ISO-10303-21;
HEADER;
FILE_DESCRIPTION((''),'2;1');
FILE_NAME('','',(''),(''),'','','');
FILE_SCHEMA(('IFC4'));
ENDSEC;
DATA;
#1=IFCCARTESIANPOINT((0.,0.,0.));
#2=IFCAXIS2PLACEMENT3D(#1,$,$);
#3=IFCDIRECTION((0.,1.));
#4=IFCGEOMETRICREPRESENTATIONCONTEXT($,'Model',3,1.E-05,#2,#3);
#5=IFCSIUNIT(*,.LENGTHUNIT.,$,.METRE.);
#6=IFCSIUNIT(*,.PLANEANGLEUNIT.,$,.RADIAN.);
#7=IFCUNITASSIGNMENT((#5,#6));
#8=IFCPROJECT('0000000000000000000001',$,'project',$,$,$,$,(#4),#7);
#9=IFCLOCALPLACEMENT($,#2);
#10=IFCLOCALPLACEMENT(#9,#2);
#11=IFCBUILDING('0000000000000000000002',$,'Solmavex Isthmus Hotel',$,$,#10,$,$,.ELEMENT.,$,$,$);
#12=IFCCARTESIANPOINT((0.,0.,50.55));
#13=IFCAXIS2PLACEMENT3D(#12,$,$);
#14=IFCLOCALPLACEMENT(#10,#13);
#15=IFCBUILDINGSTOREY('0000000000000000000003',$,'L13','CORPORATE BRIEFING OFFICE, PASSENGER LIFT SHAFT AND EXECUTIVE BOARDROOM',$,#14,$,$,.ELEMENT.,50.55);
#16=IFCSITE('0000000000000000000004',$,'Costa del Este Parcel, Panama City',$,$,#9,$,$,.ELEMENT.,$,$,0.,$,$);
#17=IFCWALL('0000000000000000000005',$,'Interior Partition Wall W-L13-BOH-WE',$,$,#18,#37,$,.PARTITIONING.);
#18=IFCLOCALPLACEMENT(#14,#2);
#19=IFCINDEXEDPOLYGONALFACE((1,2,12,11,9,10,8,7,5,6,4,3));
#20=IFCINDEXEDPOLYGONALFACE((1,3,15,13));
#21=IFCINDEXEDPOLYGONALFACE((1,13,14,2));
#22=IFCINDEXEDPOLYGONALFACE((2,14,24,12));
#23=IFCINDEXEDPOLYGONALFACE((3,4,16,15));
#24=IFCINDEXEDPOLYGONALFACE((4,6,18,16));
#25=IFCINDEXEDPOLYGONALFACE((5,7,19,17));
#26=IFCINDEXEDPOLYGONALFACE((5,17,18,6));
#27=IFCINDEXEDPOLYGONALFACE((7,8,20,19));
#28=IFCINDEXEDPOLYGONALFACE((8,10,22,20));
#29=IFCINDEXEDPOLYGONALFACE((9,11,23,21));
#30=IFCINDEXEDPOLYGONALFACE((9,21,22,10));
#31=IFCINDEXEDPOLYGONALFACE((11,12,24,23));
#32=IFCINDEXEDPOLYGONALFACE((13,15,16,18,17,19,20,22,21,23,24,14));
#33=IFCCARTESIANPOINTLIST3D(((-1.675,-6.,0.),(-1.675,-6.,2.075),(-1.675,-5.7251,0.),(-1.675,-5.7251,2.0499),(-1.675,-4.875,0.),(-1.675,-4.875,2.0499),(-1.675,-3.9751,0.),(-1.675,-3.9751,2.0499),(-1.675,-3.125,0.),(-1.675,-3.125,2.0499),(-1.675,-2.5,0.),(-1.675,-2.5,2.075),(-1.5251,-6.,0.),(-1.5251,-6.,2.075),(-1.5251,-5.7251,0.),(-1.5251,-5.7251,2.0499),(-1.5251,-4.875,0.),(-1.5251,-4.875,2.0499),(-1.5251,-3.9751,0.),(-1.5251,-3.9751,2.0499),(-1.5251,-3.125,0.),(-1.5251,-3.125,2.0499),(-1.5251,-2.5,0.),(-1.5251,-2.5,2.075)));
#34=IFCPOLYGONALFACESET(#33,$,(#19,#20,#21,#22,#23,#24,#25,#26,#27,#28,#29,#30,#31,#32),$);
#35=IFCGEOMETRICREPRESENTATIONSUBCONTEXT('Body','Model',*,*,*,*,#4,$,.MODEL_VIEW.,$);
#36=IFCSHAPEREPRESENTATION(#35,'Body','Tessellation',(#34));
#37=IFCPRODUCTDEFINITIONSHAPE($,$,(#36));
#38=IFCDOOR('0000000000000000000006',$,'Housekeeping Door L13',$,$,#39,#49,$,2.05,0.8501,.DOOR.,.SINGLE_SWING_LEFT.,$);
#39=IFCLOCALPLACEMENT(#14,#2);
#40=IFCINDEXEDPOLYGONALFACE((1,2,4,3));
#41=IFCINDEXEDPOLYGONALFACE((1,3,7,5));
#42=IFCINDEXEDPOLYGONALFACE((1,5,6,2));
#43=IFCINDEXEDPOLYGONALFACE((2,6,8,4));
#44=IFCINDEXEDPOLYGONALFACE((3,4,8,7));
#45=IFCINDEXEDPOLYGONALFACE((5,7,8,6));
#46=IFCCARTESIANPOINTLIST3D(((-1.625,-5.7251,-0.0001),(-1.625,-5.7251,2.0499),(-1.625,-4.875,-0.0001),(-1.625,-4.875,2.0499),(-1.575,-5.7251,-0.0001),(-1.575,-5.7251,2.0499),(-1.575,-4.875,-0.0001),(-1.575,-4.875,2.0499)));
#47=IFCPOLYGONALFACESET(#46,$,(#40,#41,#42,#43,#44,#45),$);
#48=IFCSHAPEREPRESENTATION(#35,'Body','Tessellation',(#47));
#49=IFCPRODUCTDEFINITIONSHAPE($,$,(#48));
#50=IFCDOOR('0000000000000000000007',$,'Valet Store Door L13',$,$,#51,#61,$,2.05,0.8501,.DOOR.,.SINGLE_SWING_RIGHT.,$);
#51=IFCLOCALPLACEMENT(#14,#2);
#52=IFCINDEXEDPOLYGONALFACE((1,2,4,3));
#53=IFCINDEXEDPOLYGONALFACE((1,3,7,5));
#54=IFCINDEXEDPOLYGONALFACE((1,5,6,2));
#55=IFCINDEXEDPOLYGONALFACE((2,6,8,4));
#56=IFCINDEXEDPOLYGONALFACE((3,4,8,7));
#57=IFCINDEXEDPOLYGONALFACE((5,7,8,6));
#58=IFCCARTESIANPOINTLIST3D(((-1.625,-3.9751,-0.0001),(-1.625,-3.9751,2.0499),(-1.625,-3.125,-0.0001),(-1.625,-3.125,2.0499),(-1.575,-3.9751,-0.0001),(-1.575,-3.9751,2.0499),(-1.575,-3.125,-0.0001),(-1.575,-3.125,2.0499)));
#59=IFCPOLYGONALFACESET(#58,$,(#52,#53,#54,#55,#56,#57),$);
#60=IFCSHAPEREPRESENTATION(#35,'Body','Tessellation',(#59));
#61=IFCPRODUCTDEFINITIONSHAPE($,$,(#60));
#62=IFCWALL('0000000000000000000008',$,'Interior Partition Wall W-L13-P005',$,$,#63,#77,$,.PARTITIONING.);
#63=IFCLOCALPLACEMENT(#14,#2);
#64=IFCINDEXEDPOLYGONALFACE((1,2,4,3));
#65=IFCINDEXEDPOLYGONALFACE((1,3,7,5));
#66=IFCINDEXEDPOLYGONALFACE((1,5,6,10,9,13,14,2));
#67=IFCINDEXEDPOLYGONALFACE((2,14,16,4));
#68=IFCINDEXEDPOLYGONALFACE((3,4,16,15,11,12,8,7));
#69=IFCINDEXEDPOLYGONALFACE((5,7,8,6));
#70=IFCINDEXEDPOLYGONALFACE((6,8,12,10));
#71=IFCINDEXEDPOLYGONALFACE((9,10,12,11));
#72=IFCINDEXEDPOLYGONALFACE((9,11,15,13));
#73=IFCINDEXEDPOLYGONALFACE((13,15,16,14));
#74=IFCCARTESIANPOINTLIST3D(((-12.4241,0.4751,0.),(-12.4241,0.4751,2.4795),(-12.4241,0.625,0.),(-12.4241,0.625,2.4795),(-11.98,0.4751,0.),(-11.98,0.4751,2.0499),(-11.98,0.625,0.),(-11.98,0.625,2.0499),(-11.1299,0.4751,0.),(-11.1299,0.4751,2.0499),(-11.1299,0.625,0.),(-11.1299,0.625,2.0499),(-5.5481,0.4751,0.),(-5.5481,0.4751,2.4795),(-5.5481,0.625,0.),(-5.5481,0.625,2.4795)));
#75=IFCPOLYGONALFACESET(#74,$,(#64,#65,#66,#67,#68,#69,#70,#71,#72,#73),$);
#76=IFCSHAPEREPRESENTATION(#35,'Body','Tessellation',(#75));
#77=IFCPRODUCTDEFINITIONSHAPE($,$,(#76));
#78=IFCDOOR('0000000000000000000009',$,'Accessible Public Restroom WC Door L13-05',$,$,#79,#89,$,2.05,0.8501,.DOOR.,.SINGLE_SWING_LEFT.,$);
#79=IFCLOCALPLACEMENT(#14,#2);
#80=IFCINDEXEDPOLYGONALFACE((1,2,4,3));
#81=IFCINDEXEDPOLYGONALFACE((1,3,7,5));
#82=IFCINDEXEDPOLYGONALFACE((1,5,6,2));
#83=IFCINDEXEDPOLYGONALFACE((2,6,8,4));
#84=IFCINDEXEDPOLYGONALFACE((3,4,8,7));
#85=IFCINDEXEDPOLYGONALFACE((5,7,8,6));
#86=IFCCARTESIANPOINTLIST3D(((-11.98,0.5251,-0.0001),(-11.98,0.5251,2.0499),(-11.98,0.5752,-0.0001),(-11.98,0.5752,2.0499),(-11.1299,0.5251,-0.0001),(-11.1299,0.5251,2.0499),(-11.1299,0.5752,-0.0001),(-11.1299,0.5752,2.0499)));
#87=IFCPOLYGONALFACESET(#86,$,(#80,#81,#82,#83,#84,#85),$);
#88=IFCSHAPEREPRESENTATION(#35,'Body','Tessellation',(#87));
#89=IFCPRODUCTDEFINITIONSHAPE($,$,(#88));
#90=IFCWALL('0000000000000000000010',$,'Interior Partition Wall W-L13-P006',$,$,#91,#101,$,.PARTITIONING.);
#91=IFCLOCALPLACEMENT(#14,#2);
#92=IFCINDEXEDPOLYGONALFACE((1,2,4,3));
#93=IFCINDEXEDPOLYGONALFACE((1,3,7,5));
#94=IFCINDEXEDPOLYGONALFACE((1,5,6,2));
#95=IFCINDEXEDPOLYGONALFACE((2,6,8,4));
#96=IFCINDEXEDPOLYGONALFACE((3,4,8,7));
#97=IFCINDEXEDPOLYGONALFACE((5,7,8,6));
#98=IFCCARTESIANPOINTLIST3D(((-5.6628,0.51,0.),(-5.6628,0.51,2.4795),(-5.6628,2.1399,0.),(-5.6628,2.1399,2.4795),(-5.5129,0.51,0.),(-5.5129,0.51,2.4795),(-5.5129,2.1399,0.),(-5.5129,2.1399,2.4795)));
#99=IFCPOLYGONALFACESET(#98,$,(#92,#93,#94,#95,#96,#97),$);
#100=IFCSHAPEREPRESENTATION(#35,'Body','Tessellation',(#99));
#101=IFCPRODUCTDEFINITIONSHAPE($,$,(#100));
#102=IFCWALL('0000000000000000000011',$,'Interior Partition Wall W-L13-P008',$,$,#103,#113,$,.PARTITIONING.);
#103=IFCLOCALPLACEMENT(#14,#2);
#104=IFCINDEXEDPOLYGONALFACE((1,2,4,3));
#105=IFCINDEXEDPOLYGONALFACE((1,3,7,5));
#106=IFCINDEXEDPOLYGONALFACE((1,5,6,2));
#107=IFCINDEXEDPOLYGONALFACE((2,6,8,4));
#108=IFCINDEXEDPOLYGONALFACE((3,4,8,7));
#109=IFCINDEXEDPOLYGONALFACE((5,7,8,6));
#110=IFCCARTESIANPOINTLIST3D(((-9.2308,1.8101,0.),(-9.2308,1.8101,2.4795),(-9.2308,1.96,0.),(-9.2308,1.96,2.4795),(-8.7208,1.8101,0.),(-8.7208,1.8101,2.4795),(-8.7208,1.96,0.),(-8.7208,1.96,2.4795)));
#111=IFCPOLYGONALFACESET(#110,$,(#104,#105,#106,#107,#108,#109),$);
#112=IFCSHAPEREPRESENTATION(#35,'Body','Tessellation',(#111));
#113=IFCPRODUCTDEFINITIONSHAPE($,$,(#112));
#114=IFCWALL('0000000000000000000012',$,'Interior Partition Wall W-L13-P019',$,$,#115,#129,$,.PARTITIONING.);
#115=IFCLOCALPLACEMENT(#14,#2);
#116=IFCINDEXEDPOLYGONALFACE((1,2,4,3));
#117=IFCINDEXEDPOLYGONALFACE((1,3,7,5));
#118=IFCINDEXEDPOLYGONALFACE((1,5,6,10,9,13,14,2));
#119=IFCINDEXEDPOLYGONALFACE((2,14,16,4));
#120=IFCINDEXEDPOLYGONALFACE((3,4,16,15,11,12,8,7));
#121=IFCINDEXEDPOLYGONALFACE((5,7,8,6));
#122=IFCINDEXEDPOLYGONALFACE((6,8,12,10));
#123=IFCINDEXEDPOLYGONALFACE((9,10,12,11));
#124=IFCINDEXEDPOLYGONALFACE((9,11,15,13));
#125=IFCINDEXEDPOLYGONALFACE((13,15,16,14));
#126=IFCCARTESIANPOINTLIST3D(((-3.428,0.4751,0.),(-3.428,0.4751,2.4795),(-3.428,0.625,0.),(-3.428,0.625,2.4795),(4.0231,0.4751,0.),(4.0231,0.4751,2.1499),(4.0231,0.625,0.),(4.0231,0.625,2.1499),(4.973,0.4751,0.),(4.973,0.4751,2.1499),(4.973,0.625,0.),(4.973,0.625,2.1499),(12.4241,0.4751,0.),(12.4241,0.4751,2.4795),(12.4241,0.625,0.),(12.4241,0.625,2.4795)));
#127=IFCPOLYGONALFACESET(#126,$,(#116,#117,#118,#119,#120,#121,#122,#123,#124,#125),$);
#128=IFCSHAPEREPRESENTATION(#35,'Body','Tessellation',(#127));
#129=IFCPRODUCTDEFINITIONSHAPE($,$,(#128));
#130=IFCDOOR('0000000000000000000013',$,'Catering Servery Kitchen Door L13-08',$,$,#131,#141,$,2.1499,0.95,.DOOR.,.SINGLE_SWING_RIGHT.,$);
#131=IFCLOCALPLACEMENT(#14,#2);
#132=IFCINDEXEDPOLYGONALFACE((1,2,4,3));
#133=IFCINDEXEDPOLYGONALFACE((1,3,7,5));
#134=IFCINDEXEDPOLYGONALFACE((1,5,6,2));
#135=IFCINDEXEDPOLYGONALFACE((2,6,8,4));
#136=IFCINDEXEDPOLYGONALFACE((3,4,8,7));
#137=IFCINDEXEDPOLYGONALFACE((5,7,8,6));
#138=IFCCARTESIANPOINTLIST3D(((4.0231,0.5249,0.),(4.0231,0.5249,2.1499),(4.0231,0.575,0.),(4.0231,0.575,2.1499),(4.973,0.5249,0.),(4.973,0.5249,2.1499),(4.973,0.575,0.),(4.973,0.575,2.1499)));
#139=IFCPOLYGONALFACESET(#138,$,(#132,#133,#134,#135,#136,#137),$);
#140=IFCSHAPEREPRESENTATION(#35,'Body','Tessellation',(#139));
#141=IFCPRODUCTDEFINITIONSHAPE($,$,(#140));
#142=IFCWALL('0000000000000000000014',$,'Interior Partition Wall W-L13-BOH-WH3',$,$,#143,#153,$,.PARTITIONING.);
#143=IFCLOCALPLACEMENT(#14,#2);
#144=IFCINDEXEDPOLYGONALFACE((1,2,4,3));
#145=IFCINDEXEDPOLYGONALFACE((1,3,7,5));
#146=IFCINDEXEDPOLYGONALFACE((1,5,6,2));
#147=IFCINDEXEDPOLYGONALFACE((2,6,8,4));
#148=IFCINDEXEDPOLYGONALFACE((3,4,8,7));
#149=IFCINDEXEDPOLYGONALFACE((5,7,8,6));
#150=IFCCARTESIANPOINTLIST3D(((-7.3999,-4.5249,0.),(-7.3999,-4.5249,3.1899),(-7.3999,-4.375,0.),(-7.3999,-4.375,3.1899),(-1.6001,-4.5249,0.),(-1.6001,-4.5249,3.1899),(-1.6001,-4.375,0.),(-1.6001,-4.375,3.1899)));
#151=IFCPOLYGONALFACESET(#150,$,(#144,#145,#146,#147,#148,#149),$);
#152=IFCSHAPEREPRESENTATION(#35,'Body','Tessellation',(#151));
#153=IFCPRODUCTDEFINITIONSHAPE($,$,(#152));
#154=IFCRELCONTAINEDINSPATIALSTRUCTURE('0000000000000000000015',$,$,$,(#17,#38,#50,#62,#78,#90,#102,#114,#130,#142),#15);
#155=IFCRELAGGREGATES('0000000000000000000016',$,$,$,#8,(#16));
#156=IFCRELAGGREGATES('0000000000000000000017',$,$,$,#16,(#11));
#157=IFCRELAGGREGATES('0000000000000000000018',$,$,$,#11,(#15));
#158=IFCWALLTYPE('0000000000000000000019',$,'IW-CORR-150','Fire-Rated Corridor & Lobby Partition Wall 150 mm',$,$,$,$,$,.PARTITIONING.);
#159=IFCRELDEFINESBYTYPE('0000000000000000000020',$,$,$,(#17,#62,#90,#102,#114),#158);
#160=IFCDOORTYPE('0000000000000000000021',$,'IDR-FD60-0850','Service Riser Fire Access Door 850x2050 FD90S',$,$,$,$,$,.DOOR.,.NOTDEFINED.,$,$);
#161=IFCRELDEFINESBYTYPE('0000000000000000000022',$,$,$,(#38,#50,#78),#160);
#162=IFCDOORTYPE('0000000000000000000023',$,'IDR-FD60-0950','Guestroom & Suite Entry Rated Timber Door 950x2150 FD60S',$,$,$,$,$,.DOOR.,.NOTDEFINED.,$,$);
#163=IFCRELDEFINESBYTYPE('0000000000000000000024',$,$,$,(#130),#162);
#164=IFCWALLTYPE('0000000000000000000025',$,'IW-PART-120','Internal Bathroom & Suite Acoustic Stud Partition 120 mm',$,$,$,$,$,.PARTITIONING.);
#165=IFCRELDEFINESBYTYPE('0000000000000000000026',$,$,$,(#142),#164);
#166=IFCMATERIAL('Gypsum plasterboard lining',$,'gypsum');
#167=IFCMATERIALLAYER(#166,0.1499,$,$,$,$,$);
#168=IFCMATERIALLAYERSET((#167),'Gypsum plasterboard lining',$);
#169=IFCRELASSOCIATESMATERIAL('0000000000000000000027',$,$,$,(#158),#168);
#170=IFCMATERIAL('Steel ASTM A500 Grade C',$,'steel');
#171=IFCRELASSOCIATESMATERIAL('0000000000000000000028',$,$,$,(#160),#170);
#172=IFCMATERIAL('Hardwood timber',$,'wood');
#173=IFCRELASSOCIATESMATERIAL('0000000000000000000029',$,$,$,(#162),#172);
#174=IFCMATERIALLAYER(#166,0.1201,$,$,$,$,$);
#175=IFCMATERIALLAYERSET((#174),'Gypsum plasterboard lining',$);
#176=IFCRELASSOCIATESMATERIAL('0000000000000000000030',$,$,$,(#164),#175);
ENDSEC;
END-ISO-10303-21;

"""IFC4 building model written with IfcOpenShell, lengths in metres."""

from ifc_helpers import new_model, si_unit, direction, frame, frame_2d, origin, place, context, subcontext, project, spatial, rectangle, extrude, material, layer, layer_set, type_object, element, fill, save


model = new_model("IFC4")

# Units and contexts
model_context = context("Model", 3, precision=1e-05, world=origin(), true_north=direction((0.0, 1.0)))
body_context = subcontext(model_context, "Body", "Model", "MODEL_VIEW")
ifc_project = project(units=[si_unit("LENGTHUNIT", "METRE"), si_unit("PLANEANGLEUNIT", "RADIAN")], contexts=[model_context])

# Site, building, storey
site_placement = place(None, origin())
site = spatial("IfcSite", under=ifc_project, at=site_placement, Name="Costa del Este Parcel, Panama City", CompositionType="ELEMENT", RefElevation=0.0)
building_placement = place(site_placement, origin())
building = spatial("IfcBuilding", under=site, at=building_placement, Name="Solmavex Isthmus Hotel", CompositionType="ELEMENT")
storey_placement = place(building_placement, frame((0.0, 0.0, 50.55)))
storey = spatial("IfcBuildingStorey", under=building, at=storey_placement, Name="L13", Description="CORPORATE BRIEFING OFFICE, PASSENGER LIFT SHAFT AND EXECUTIVE BOARDROOM", CompositionType="ELEMENT", Elevation=50.55)

# Shared definitions
ifc_material_1 = material(Name="Gypsum plasterboard lining", Category="gypsum")
ifc_layer_1 = layer(ifc_material_1, 0.1499)
ifc_layer_set_1 = layer_set([ifc_layer_1], Name="Gypsum plasterboard lining")
wall_type_1 = type_object("IfcWallType", Name="IW-CORR-150", Description="Fire-Rated Corridor & Lobby Partition Wall 150 mm", PredefinedType="PARTITIONING", material=ifc_layer_set_1)

# Wall, openings, doors
wall_1_placement = place(storey_placement, frame((-1.6001, -6.0, 0.0), z_axis=(0.0, 0.0, 1.0), x_axis=(0.0, 1.0, 0.0)))
wall_1 = element("IfcWall", 1, at=wall_1_placement, inside=storey, type_object=wall_type_1, Name="Interior Partition Wall W-L13-BOH-WE", PredefinedType="PARTITIONING", context=body_context, shape_type="SweptSolid", body=[
    extrude(rectangle(XDim=3.5, YDim=0.1499, at=frame_2d((1.75, 0.0))), origin(), (0.0, 0.0, 1.0), 2.075),
])
opening_1_placement = place(wall_1_placement, frame((0.2749, 0.0, 0.0)))
opening_1 = element("IfcOpeningElement", 2, at=opening_1_placement, cuts=wall_1, PredefinedType="OPENING", context=body_context, shape_type="SweptSolid", body=[
    extrude(rectangle(XDim=0.8501, YDim=2.05, at=frame_2d((0.425, 1.0249))), frame((0.0, 0.085, 0.0), z_axis=(0.0, -1.0, 0.0), x_axis=(1.0, 0.0, 0.0)), (0.0, 0.0, 1.0), 0.1699),
])
opening_2_placement = place(wall_1_placement, frame((2.0249, 0.0, 0.0)))
opening_2 = element("IfcOpeningElement", 3, at=opening_2_placement, cuts=wall_1, PredefinedType="OPENING", context=body_context, shape_type="SweptSolid", body=[
    extrude(rectangle(XDim=0.8501, YDim=2.05, at=frame_2d((0.425, 1.0249))), frame((0.0, 0.085, 0.0), z_axis=(0.0, -1.0, 0.0), x_axis=(1.0, 0.0, 0.0)), (0.0, 0.0, 1.0), 0.1699),
])
ifc_material_2 = material(Name="Steel ASTM A500 Grade C", Category="steel")
door_type_1 = type_object("IfcDoorType", Name="IDR-FD60-0850", Description="Service Riser Fire Access Door 850x2050 FD90S", OperationType="NOTDEFINED", PredefinedType="DOOR", material=ifc_material_2)
door_1_placement = place(opening_1_placement, origin())
door_1 = element("IfcDoor", 4, at=door_1_placement, inside=storey, type_object=door_type_1, Name="Housekeeping Door L13", OperationType="SINGLE_SWING_LEFT", OverallHeight=2.05, OverallWidth=0.8501, PredefinedType="DOOR", context=body_context, shape_type="SweptSolid", body=[
    extrude(rectangle(XDim=0.8501, YDim=2.05, at=frame_2d((0.425, 1.0249))), frame((0.0, 0.0249, 0.0), z_axis=(0.0, -1.0, 0.0), x_axis=(1.0, 0.0, 0.0)), (0.0, 0.0, 1.0), 0.05),
])
fill(opening_1, door_1)
door_2_placement = place(opening_2_placement, origin())
door_2 = element("IfcDoor", 5, at=door_2_placement, inside=storey, type_object=door_type_1, Name="Valet Store Door L13", OperationType="SINGLE_SWING_RIGHT", OverallHeight=2.05, OverallWidth=0.8501, PredefinedType="DOOR", context=body_context, shape_type="SweptSolid", body=[
    extrude(rectangle(XDim=0.8501, YDim=2.05, at=frame_2d((0.425, 1.0249))), frame((0.0, 0.0249, 0.0), z_axis=(0.0, -1.0, 0.0), x_axis=(1.0, 0.0, 0.0)), (0.0, 0.0, 1.0), 0.05),
])
fill(opening_2, door_2)

# Wall, opening, door
wall_2_placement = place(storey_placement, frame((-12.4241, 0.55, 0.0), z_axis=(0.0, 0.0, 1.0), x_axis=(1.0, 0.0, 0.0)))
wall_2 = element("IfcWall", 6, at=wall_2_placement, inside=storey, type_object=wall_type_1, Name="Interior Partition Wall W-L13-P005", PredefinedType="PARTITIONING", context=body_context, shape_type="SweptSolid", body=[
    extrude(rectangle(XDim=6.876, YDim=0.1499, at=frame_2d((3.438, 0.0))), origin(), (0.0, 0.0, 1.0), 2.4795),
])
opening_3_placement = place(wall_2_placement, frame((0.4441, 0.0, 0.0)))
opening_3 = element("IfcOpeningElement", 7, at=opening_3_placement, cuts=wall_2, PredefinedType="OPENING", context=body_context, shape_type="SweptSolid", body=[
    extrude(rectangle(XDim=0.8501, YDim=2.05, at=frame_2d((0.425, 1.0249))), frame((0.0, 0.085, 0.0), z_axis=(0.0, -1.0, 0.0), x_axis=(1.0, 0.0, 0.0)), (0.0, 0.0, 1.0), 0.1699),
])
door_3_placement = place(opening_3_placement, frame((0.8501, 0.0, 0.0), z_axis=(0.0, 0.0, 1.0), x_axis=(-1.0, 0.0, 0.0)))
door_3 = element("IfcDoor", 8, at=door_3_placement, inside=storey, type_object=door_type_1, Name="Accessible Public Restroom WC Door L13-05", OperationType="SINGLE_SWING_LEFT", OverallHeight=2.05, OverallWidth=0.8501, PredefinedType="DOOR", context=body_context, shape_type="SweptSolid", body=[
    extrude(rectangle(XDim=0.8501, YDim=2.05, at=frame_2d((0.425, 1.0249))), frame((0.0, 0.0249, 0.0), z_axis=(0.0, -1.0, 0.0), x_axis=(1.0, 0.0, 0.0)), (0.0, 0.0, 1.0), 0.05),
])
fill(opening_3, door_3)

# Walls
wall_3_placement = place(storey_placement, frame((-5.5879, 0.51, 0.0), z_axis=(0.0, 0.0, 1.0), x_axis=(0.0, 1.0, 0.0)))
element("IfcWall", 9, at=wall_3_placement, inside=storey, type_object=wall_type_1, Name="Interior Partition Wall W-L13-P006", PredefinedType="PARTITIONING", context=body_context, shape_type="SweptSolid", body=[
    extrude(rectangle(XDim=1.6299, YDim=0.1499, at=frame_2d((0.8149, 0.0))), origin(), (0.0, 0.0, 1.0), 2.4795),
])
wall_4_placement = place(storey_placement, frame((-8.7209, 1.885, 0.0), z_axis=(0.0, 0.0, 1.0), x_axis=(-1.0, 0.0, 0.0)))
element("IfcWall", 10, at=wall_4_placement, inside=storey, type_object=wall_type_1, Name="Interior Partition Wall W-L13-P008", PredefinedType="PARTITIONING", context=body_context, shape_type="SweptSolid", body=[
    extrude(rectangle(XDim=0.51, YDim=0.1499, at=frame_2d((0.2549, 0.0))), origin(), (0.0, 0.0, 1.0), 2.4795),
])

# Wall, opening, door
wall_5_placement = place(storey_placement, frame((-3.428, 0.55, 0.0), z_axis=(0.0, 0.0, 1.0), x_axis=(1.0, 0.0, 0.0)))
wall_5 = element("IfcWall", 11, at=wall_5_placement, inside=storey, type_object=wall_type_1, Name="Interior Partition Wall W-L13-P019", PredefinedType="PARTITIONING", context=body_context, shape_type="SweptSolid", body=[
    extrude(rectangle(XDim=15.8521, YDim=0.1499, at=frame_2d((7.926, 0.0))), origin(), (0.0, 0.0, 1.0), 2.4795),
])
opening_4_placement = place(wall_5_placement, frame((7.4509, 0.0, 0.0)))
opening_4 = element("IfcOpeningElement", 12, at=opening_4_placement, cuts=wall_5, PredefinedType="OPENING", context=body_context, shape_type="SweptSolid", body=[
    extrude(rectangle(XDim=0.95, YDim=2.1499, at=frame_2d((0.4751, 1.075))), frame((0.0, 0.085, 0.0), z_axis=(0.0, -1.0, 0.0), x_axis=(1.0, 0.0, 0.0)), (0.0, 0.0, 1.0), 0.1699),
])
ifc_material_3 = material(Name="Hardwood timber", Category="wood")
door_type_2 = type_object("IfcDoorType", Name="IDR-FD60-0950", Description="Guestroom & Suite Entry Rated Timber Door 950x2150 FD60S", OperationType="NOTDEFINED", PredefinedType="DOOR", material=ifc_material_3)
door_4_placement = place(opening_4_placement, origin())
door_4 = element("IfcDoor", 13, at=door_4_placement, inside=storey, type_object=door_type_2, Name="Catering Servery Kitchen Door L13-08", OperationType="SINGLE_SWING_RIGHT", OverallHeight=2.1499, OverallWidth=0.95, PredefinedType="DOOR", context=body_context, shape_type="SweptSolid", body=[
    extrude(rectangle(XDim=0.95, YDim=2.1499, at=frame_2d((0.4751, 1.075))), frame((0.0, 0.0249, 0.0), z_axis=(0.0, -1.0, 0.0), x_axis=(1.0, 0.0, 0.0)), (0.0, 0.0, 1.0), 0.05),
])
fill(opening_4, door_4)

# Wall
ifc_layer_2 = layer(ifc_material_1, 0.1201)
ifc_layer_set_2 = layer_set([ifc_layer_2], Name="Gypsum plasterboard lining")
wall_type_2 = type_object("IfcWallType", Name="IW-PART-120", Description="Internal Bathroom & Suite Acoustic Stud Partition 120 mm", PredefinedType="PARTITIONING", material=ifc_layer_set_2)
wall_6_placement = place(storey_placement, frame((-7.3999, -4.45, 0.0), z_axis=(0.0, 0.0, 1.0), x_axis=(1.0, 0.0, 0.0)))
element("IfcWall", 14, at=wall_6_placement, inside=storey, type_object=wall_type_2, Name="Interior Partition Wall W-L13-BOH-WH3", PredefinedType="PARTITIONING", context=body_context, shape_type="SweptSolid", body=[
    extrude(rectangle(XDim=5.7998, YDim=0.1499, at=frame_2d((2.8999, 0.0))), origin(), (0.0, 0.0, 1.0), 3.1899),
])

save(model, "model.ifc")
